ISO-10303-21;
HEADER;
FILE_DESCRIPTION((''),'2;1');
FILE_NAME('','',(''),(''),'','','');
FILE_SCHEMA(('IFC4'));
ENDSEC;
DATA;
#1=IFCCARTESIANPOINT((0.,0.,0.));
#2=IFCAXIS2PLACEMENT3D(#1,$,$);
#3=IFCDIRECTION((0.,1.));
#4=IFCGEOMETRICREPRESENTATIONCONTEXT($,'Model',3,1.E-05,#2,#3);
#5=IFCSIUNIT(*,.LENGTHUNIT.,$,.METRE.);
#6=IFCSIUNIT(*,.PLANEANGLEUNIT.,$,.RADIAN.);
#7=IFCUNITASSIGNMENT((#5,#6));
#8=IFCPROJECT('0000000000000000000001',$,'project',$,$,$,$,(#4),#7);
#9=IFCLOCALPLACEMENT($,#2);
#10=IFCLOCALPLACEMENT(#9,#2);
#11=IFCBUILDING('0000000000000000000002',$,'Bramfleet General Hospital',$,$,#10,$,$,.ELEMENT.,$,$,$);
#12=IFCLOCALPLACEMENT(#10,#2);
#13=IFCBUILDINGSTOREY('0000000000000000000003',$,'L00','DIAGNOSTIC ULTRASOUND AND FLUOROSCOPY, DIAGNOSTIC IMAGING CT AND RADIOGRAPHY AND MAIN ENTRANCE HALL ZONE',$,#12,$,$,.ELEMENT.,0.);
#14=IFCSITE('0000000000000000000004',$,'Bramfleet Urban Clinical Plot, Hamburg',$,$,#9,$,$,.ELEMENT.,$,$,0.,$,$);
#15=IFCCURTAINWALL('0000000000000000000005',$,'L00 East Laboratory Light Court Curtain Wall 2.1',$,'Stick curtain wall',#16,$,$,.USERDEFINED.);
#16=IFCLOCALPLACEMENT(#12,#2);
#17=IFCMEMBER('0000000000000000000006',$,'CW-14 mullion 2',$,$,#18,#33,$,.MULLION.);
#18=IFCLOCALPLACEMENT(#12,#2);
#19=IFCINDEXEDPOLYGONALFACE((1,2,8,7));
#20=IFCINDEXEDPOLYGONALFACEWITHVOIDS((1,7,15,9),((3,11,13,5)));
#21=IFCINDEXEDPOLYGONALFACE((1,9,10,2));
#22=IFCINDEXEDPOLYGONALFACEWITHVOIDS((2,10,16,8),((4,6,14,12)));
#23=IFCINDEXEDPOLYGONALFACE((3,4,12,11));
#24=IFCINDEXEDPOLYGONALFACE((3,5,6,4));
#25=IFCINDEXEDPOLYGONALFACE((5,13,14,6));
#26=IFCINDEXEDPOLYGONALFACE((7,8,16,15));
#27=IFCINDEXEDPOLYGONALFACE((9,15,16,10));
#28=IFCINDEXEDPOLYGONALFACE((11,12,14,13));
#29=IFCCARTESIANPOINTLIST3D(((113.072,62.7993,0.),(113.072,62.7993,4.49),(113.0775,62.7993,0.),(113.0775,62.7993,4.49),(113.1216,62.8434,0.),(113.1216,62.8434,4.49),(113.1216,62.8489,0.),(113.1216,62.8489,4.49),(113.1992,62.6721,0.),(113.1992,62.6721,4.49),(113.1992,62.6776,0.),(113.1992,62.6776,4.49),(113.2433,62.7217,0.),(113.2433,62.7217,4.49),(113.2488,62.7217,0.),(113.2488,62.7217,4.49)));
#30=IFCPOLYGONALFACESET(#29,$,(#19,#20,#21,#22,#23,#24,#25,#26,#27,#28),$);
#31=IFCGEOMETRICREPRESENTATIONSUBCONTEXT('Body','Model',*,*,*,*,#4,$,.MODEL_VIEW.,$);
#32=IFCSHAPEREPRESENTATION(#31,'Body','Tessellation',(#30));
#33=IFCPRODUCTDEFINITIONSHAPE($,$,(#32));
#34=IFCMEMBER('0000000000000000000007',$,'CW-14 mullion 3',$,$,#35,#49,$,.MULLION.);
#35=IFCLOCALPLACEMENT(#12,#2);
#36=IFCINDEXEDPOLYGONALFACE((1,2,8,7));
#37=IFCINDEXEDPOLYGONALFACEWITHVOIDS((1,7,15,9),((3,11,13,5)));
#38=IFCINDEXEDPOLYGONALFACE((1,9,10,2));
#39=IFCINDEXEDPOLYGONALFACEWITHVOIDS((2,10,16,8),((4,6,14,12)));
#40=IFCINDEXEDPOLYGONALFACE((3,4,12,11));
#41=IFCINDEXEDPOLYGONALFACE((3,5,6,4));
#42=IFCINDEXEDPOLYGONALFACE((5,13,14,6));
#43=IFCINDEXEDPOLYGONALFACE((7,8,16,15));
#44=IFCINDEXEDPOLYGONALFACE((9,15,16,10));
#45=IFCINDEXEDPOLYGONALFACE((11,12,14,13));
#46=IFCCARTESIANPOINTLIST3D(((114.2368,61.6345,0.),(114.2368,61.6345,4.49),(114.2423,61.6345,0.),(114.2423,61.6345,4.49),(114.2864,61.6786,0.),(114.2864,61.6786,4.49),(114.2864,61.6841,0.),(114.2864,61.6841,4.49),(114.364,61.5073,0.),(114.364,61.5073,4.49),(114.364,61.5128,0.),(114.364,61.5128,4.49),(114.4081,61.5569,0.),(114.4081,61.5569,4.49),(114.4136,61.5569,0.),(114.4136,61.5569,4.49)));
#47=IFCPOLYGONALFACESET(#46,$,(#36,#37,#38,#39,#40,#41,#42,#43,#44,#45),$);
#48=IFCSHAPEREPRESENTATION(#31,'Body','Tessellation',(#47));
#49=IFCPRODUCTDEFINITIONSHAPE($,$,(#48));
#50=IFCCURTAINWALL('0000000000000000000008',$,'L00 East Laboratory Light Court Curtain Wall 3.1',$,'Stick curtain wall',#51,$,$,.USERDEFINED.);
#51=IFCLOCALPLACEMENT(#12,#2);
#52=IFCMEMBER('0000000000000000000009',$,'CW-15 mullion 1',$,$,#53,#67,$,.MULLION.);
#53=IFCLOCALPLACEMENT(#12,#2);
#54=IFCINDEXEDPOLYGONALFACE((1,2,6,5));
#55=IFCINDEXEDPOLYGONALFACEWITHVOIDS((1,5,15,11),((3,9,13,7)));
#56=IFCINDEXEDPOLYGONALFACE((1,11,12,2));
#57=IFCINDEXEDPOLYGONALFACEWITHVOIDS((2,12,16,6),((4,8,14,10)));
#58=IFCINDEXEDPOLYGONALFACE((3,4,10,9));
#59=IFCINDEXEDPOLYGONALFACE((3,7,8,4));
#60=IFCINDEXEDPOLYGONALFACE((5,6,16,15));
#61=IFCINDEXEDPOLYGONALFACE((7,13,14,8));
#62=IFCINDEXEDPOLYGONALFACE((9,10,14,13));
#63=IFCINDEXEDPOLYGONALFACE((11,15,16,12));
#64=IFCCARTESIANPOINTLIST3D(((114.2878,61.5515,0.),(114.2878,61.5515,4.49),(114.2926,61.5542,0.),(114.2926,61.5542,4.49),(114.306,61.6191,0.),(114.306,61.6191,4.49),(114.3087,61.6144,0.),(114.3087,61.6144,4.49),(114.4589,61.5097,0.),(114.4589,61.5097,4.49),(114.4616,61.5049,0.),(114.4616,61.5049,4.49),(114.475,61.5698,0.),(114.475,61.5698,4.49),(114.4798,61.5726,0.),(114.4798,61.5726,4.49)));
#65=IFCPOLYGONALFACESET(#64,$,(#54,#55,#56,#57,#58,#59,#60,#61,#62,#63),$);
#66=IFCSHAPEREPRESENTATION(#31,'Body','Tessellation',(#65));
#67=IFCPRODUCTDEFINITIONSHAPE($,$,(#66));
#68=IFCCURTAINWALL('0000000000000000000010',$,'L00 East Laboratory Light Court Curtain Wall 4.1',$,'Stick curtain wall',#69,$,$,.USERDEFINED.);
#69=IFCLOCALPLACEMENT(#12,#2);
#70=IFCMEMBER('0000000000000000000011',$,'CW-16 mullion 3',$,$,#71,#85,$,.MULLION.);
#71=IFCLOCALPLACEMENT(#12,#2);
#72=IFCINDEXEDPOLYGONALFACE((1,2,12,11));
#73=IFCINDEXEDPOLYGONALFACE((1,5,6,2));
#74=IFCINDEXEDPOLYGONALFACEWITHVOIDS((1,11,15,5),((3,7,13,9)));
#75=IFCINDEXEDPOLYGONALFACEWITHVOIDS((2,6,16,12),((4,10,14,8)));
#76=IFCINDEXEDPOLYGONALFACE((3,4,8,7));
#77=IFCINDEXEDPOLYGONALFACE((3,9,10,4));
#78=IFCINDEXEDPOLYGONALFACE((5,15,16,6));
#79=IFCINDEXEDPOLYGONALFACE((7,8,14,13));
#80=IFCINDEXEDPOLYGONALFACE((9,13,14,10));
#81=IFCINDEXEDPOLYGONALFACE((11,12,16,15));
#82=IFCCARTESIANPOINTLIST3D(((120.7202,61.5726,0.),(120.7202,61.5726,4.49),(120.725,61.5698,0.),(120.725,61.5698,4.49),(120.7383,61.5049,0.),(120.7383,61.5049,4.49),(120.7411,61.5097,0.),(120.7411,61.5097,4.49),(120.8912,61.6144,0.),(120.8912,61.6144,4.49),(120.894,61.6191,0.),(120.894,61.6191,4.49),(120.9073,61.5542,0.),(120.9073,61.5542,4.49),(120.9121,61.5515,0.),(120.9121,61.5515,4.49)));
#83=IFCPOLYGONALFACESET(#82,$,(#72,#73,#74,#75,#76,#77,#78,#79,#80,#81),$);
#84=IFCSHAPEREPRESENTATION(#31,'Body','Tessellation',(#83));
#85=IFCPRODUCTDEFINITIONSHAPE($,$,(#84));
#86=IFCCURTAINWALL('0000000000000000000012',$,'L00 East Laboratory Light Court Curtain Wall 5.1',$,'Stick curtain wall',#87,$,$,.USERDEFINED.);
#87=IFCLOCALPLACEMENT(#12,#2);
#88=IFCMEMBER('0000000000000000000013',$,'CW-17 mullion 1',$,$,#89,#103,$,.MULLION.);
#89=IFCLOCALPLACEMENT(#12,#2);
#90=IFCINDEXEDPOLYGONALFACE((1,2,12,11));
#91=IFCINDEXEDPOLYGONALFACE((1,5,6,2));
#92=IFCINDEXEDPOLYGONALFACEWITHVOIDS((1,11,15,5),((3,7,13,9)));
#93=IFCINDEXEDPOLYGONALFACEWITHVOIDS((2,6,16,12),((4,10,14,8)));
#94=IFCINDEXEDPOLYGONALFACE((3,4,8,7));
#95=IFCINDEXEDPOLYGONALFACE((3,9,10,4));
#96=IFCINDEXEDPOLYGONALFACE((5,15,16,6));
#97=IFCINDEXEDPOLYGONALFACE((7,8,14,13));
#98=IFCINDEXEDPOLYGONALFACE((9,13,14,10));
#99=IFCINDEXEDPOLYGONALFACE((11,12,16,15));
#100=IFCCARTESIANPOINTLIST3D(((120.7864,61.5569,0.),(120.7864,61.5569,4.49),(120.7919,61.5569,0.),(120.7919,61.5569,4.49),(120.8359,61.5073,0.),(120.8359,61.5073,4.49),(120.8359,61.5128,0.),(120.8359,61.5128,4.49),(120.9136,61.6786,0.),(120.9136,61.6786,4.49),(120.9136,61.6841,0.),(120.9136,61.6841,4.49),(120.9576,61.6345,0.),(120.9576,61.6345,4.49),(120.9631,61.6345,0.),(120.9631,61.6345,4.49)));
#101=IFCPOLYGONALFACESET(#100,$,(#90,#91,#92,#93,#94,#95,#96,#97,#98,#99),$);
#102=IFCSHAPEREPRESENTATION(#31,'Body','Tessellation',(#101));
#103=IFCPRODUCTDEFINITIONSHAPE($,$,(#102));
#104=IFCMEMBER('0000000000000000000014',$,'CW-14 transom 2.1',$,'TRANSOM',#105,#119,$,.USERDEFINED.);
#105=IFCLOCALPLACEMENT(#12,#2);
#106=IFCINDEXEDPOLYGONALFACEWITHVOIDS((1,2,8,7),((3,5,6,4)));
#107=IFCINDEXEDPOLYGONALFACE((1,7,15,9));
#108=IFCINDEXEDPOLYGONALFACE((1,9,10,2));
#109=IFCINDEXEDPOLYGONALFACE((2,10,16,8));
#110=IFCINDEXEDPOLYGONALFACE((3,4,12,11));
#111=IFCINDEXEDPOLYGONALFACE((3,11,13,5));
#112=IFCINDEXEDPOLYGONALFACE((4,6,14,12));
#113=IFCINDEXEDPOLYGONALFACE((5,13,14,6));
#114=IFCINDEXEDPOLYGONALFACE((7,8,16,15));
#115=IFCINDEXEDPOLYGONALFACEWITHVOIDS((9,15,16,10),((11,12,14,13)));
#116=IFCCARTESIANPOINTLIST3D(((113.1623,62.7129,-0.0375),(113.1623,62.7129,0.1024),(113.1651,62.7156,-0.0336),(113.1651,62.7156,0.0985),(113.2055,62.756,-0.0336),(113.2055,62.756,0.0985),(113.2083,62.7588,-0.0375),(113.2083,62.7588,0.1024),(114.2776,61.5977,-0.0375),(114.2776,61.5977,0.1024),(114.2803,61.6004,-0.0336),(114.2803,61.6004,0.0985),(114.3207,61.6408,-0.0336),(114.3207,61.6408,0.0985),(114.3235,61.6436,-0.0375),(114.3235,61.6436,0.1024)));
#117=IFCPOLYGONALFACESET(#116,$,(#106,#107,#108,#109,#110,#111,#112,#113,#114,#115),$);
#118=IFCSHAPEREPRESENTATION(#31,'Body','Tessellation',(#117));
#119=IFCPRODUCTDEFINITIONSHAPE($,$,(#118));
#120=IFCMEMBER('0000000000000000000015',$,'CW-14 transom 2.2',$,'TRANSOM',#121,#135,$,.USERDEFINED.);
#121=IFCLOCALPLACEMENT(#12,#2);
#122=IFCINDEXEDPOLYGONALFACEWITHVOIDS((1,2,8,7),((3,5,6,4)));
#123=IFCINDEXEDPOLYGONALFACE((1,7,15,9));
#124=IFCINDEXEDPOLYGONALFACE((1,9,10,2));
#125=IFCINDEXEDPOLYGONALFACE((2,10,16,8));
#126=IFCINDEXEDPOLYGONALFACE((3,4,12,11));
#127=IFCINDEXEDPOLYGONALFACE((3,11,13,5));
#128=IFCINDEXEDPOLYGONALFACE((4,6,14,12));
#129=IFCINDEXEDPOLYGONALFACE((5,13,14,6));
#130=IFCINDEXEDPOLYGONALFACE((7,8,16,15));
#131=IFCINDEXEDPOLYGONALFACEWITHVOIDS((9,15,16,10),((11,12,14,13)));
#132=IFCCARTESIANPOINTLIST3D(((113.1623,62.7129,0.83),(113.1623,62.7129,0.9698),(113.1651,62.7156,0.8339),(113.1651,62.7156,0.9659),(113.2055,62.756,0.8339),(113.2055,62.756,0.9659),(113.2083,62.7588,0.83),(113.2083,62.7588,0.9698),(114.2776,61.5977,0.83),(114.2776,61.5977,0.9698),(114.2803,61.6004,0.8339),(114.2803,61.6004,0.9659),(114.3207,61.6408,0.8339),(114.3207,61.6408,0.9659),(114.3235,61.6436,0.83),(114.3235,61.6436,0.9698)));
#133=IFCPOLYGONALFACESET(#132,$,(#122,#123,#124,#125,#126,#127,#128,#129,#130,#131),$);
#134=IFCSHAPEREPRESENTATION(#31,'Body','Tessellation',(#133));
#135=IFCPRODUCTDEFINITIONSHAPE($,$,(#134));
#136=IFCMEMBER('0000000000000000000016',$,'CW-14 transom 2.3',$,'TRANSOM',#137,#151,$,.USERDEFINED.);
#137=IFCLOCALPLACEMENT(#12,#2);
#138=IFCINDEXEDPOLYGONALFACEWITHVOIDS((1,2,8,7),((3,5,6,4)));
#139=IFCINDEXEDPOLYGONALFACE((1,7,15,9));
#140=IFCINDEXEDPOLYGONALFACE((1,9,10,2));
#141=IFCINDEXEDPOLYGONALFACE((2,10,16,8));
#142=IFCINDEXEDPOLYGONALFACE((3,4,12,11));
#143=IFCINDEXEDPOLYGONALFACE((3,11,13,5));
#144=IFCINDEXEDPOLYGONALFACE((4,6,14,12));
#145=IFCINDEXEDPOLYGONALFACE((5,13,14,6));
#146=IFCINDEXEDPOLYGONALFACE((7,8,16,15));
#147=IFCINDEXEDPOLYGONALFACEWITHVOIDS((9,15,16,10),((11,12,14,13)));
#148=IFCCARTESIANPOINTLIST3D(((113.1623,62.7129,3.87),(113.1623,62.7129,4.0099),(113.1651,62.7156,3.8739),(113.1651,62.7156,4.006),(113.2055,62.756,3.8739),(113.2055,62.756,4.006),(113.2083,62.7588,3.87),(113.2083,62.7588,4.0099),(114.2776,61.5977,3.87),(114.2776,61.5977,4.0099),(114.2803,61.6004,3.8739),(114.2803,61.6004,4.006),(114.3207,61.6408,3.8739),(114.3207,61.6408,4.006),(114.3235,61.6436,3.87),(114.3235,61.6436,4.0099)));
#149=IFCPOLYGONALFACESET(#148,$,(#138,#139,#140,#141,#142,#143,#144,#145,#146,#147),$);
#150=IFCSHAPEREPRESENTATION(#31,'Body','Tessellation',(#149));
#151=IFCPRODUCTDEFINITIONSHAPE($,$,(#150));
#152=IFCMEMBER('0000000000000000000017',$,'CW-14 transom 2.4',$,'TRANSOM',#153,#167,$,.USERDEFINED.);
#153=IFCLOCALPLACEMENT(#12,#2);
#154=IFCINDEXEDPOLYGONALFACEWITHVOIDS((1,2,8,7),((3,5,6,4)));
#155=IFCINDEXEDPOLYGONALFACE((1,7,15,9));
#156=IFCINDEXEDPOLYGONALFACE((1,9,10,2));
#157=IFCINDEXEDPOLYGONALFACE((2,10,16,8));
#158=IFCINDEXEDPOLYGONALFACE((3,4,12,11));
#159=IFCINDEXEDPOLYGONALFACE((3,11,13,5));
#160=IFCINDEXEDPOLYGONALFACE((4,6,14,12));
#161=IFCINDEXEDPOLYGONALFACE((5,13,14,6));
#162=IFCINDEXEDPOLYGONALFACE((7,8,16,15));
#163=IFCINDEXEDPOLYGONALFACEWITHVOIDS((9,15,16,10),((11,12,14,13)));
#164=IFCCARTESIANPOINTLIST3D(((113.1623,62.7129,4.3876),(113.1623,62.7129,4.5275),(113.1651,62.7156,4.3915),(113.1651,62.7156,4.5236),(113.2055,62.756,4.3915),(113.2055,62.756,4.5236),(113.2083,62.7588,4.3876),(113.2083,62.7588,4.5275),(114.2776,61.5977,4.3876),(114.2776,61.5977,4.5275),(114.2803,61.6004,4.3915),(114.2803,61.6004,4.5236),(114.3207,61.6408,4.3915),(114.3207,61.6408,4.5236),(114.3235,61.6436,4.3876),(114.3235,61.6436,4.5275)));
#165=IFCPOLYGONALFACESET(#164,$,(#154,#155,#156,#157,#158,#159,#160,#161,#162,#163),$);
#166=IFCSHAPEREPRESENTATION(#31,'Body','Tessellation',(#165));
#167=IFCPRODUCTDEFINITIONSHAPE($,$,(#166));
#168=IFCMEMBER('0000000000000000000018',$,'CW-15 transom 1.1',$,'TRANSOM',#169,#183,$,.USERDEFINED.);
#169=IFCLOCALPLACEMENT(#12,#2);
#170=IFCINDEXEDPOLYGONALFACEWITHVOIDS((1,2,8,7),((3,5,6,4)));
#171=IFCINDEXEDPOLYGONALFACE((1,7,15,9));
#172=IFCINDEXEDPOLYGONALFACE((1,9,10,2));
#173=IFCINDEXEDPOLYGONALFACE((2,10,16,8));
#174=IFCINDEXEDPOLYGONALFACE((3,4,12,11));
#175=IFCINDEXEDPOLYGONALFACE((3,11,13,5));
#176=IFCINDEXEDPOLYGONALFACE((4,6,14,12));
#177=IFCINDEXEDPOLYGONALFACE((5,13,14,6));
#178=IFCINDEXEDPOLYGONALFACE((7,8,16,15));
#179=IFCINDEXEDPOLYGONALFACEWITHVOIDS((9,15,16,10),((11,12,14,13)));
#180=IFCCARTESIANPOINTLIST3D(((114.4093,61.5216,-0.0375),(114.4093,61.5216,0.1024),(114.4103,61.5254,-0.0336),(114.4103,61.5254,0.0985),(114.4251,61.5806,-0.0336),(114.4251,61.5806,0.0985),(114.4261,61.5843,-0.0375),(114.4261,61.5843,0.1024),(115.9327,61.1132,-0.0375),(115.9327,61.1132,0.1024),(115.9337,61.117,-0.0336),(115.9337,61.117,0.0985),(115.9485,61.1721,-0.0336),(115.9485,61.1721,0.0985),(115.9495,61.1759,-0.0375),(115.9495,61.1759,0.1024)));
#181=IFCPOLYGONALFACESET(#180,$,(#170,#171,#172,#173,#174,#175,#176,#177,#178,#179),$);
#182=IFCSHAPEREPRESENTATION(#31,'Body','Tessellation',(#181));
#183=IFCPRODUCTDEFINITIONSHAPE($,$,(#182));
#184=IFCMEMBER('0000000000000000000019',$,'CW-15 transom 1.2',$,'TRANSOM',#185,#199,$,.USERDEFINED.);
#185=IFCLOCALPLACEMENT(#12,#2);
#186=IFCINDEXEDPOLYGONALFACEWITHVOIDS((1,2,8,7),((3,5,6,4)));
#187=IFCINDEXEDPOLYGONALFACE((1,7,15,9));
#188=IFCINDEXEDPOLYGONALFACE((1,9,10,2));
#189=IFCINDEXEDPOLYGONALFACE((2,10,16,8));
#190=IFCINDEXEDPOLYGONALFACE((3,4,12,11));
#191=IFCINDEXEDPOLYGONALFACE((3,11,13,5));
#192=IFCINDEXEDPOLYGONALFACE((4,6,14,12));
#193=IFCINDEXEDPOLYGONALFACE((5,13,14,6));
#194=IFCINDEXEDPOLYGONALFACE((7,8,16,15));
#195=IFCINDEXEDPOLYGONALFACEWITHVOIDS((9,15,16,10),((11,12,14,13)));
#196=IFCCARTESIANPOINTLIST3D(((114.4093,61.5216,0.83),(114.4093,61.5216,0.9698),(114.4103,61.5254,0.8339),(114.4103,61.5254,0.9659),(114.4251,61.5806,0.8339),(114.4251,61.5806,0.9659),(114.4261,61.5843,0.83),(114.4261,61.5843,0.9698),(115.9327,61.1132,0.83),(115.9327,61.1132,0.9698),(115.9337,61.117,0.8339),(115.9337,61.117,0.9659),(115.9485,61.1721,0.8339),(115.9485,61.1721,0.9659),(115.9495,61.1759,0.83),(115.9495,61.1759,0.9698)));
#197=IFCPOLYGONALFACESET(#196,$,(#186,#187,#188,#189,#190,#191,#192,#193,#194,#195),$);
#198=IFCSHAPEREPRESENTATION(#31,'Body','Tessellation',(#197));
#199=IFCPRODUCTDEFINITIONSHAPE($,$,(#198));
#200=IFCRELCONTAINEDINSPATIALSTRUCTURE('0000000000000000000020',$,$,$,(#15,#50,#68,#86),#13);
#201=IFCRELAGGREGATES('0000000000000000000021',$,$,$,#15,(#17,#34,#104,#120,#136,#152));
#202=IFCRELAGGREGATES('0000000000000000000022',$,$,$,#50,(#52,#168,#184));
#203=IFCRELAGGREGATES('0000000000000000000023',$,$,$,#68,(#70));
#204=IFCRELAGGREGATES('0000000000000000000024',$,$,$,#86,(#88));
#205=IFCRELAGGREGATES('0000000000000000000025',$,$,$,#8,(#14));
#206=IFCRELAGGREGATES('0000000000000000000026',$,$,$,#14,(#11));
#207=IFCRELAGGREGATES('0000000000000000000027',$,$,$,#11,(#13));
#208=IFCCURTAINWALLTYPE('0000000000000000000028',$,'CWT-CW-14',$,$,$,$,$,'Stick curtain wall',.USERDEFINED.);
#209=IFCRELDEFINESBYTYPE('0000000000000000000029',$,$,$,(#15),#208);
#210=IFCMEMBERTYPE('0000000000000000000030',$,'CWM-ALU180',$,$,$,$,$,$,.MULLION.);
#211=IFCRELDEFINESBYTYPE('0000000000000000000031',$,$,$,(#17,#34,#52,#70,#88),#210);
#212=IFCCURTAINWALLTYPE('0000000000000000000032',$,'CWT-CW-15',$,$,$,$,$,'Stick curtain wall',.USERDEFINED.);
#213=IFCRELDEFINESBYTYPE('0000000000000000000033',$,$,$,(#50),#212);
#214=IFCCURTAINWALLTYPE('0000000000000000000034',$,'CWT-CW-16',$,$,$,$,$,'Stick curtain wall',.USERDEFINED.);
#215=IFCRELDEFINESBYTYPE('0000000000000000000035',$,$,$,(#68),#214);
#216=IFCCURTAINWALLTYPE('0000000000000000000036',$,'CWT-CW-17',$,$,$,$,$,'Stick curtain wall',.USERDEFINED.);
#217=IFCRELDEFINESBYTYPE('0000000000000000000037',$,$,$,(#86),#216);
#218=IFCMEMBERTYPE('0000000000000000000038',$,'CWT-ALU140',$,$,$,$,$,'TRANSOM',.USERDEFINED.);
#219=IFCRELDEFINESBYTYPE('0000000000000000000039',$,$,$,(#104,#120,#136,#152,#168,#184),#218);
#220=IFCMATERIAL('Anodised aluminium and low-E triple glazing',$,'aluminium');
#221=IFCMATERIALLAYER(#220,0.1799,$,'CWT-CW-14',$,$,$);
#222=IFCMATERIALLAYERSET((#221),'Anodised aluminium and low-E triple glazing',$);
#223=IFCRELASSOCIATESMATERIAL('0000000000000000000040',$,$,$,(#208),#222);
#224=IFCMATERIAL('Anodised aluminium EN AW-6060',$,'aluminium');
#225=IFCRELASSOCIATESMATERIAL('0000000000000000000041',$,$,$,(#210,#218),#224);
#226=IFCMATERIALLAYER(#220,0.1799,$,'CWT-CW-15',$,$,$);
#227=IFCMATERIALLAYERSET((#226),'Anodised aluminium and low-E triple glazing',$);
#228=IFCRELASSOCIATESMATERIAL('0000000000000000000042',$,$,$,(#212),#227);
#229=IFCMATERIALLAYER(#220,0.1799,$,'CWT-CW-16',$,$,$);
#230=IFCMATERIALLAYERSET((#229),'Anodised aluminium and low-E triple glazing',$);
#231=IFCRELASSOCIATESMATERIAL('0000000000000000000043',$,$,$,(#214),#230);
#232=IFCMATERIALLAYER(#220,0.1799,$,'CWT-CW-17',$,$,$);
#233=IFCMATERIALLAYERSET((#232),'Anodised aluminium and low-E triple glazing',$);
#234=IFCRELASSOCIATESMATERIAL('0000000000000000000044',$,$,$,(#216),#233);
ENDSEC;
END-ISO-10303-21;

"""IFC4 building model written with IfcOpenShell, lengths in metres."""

from ifc_helpers import new_model, si_unit, direction, frame, origin, origin_2d, place, context, subcontext, project, spatial, hollow_rectangle, extrude, material, layer, layer_set, material_profile, profile_set, type_object, element, aggregate, save


model = new_model("IFC4")

# Units and contexts
model_context = context("Model", 3, precision=1e-05, world=origin(), true_north=direction((0.0, 1.0)))
body_context = subcontext(model_context, "Body", "Model", "MODEL_VIEW")
ifc_project = project(units=[si_unit("LENGTHUNIT", "METRE"), si_unit("PLANEANGLEUNIT", "RADIAN")], contexts=[model_context])

# Site, building, storey
site_placement = place(None, origin())
site = spatial("IfcSite", under=ifc_project, at=site_placement, Name="Bramfleet Urban Clinical Plot, Hamburg", CompositionType="ELEMENT", RefElevation=0.0)
building_placement = place(site_placement, origin())
building = spatial("IfcBuilding", under=site, at=building_placement, Name="Bramfleet General Hospital", CompositionType="ELEMENT")
storey_placement = place(building_placement, origin())
storey = spatial("IfcBuildingStorey", under=building, at=storey_placement, Name="L00", Description="DIAGNOSTIC ULTRASOUND AND FLUOROSCOPY, DIAGNOSTIC IMAGING CT AND RADIOGRAPHY AND MAIN ENTRANCE HALL ZONE", CompositionType="ELEMENT", Elevation=0.0)

# Curtain wall, members
ifc_material_1 = material(Name="Anodised aluminium and low-E triple glazing", Category="aluminium")
ifc_layer_1 = layer(ifc_material_1, 0.1799, Name="CWT-CW-14")
ifc_layer_set_1 = layer_set([ifc_layer_1], Name="Anodised aluminium and low-E triple glazing")
curtain_wall_type_1 = type_object("IfcCurtainWallType", Name="CWT-CW-14", ElementType="Stick curtain wall", PredefinedType="USERDEFINED", material=ifc_layer_set_1)
curtain_wall_1_placement = place(storey_placement, origin())
curtain_wall_1 = element("IfcCurtainWall", 1, at=curtain_wall_1_placement, inside=storey, type_object=curtain_wall_type_1, Name="L00 East Laboratory Light Court Curtain Wall 2.1", ObjectType="Stick curtain wall", PredefinedType="USERDEFINED")
ifc_material_2 = material(Name="Anodised aluminium EN AW-6060", Category="aluminium")
ifc_material_profile_1 = material_profile(ifc_material_2, hollow_rectangle(XDim=0.0701, YDim=0.1799, WallThickness=0.0039, at=origin_2d()), Name="ALU 180x70x4.0")
ifc_profile_set_1 = profile_set([ifc_material_profile_1], Name="Anodised aluminium EN AW-6060")
member_type_1 = type_object("IfcMemberType", Name="CWM-ALU180", PredefinedType="MULLION", material=ifc_profile_set_1)
member_1_placement = place(storey_placement, frame((113.1604, 62.7605, 0.0), z_axis=(0.0, 0.0, 1.0), x_axis=(0.707107, 0.707107, 0.0)))
member_1 = element("IfcMember", 2, at=member_1_placement, type_object=member_type_1, Name="CW-14 mullion 2", PredefinedType="MULLION", context=body_context, shape_type="SweptSolid", body=[
    extrude(hollow_rectangle(XDim=0.0701, YDim=0.1799, WallThickness=0.0039, at=origin_2d()), origin(), (0.0, 0.0, 1.0), 4.49),
])
member_2_placement = place(storey_placement, frame((114.3252, 61.5957, 0.0), z_axis=(0.0, 0.0, 1.0), x_axis=(0.707107, 0.707107, 0.0)))
member_2 = element("IfcMember", 3, at=member_2_placement, type_object=member_type_1, Name="CW-14 mullion 3", PredefinedType="MULLION", context=body_context, shape_type="SweptSolid", body=[
    extrude(hollow_rectangle(XDim=0.0701, YDim=0.1799, WallThickness=0.0039, at=origin_2d()), origin(), (0.0, 0.0, 1.0), 4.49),
])

# Curtain walls, members
ifc_layer_2 = layer(ifc_material_1, 0.1799, Name="CWT-CW-15")
ifc_layer_set_2 = layer_set([ifc_layer_2], Name="Anodised aluminium and low-E triple glazing")
curtain_wall_type_2 = type_object("IfcCurtainWallType", Name="CWT-CW-15", ElementType="Stick curtain wall", PredefinedType="USERDEFINED", material=ifc_layer_set_2)
curtain_wall_2_placement = place(storey_placement, origin())
curtain_wall_2 = element("IfcCurtainWall", 4, at=curtain_wall_2_placement, inside=storey, type_object=curtain_wall_type_2, Name="L00 East Laboratory Light Court Curtain Wall 3.1", ObjectType="Stick curtain wall", PredefinedType="USERDEFINED")
member_3_placement = place(storey_placement, frame((114.3838, 61.562, 0.0), z_axis=(0.0, 0.0, 1.0), x_axis=(0.258865, 0.965914, 0.0)))
member_3 = element("IfcMember", 5, at=member_3_placement, type_object=member_type_1, Name="CW-15 mullion 1", PredefinedType="MULLION", context=body_context, shape_type="SweptSolid", body=[
    extrude(hollow_rectangle(XDim=0.0701, YDim=0.1799, WallThickness=0.0039, at=origin_2d()), origin(), (0.0, 0.0, 1.0), 4.49),
])
ifc_layer_3 = layer(ifc_material_1, 0.1799, Name="CWT-CW-16")
ifc_layer_set_3 = layer_set([ifc_layer_3], Name="Anodised aluminium and low-E triple glazing")
curtain_wall_type_3 = type_object("IfcCurtainWallType", Name="CWT-CW-16", ElementType="Stick curtain wall", PredefinedType="USERDEFINED", material=ifc_layer_set_3)
curtain_wall_3_placement = place(storey_placement, origin())
curtain_wall_3 = element("IfcCurtainWall", 6, at=curtain_wall_3_placement, inside=storey, type_object=curtain_wall_type_3, Name="L00 East Laboratory Light Court Curtain Wall 4.1", ObjectType="Stick curtain wall", PredefinedType="USERDEFINED")
member_4_placement = place(storey_placement, frame((120.8162, 61.562, 0.0), z_axis=(0.0, 0.0, 1.0), x_axis=(-0.258865, 0.965914, 0.0)))
member_4 = element("IfcMember", 7, at=member_4_placement, type_object=member_type_1, Name="CW-16 mullion 3", PredefinedType="MULLION", context=body_context, shape_type="SweptSolid", body=[
    extrude(hollow_rectangle(XDim=0.0701, YDim=0.1799, WallThickness=0.0039, at=origin_2d()), origin(), (0.0, 0.0, 1.0), 4.49),
])
ifc_layer_4 = layer(ifc_material_1, 0.1799, Name="CWT-CW-17")
ifc_layer_set_4 = layer_set([ifc_layer_4], Name="Anodised aluminium and low-E triple glazing")
curtain_wall_type_4 = type_object("IfcCurtainWallType", Name="CWT-CW-17", ElementType="Stick curtain wall", PredefinedType="USERDEFINED", material=ifc_layer_set_4)
curtain_wall_4_placement = place(storey_placement, origin())
curtain_wall_4 = element("IfcCurtainWall", 8, at=curtain_wall_4_placement, inside=storey, type_object=curtain_wall_type_4, Name="L00 East Laboratory Light Court Curtain Wall 5.1", ObjectType="Stick curtain wall", PredefinedType="USERDEFINED")
member_5_placement = place(storey_placement, frame((120.8748, 61.5957, 0.0), z_axis=(0.0, 0.0, 1.0), x_axis=(-0.707107, 0.707107, 0.0)))
member_5 = element("IfcMember", 9, at=member_5_placement, type_object=member_type_1, Name="CW-17 mullion 1", PredefinedType="MULLION", context=body_context, shape_type="SweptSolid", body=[
    extrude(hollow_rectangle(XDim=0.0701, YDim=0.1799, WallThickness=0.0039, at=origin_2d()), origin(), (0.0, 0.0, 1.0), 4.49),
])

# Members
ifc_material_profile_2 = material_profile(ifc_material_2, hollow_rectangle(XDim=0.0649, YDim=0.1399, WallThickness=0.0039, at=origin_2d()), Name="ALU 140x65x4.0")
ifc_profile_set_2 = profile_set([ifc_material_profile_2], Name="Anodised aluminium EN AW-6060")
member_type_2 = type_object("IfcMemberType", Name="CWT-ALU140", ElementType="TRANSOM", PredefinedType="USERDEFINED", material=ifc_profile_set_2)
member_6_placement = place(storey_placement, frame((113.1853, 62.7358, 0.0325), z_axis=(0.707107, -0.707107, 0.0), x_axis=(0.707107, 0.707107, 0.0)))
member_6 = element("IfcMember", 10, at=member_6_placement, type_object=member_type_2, Name="CW-14 transom 2.1", ObjectType="TRANSOM", PredefinedType="USERDEFINED", context=body_context, shape_type="SweptSolid", body=[
    extrude(hollow_rectangle(XDim=0.0649, YDim=0.1399, WallThickness=0.0039, at=origin_2d()), origin(), (0.0, 0.0, 1.0), 1.5771),
])
member_7_placement = place(storey_placement, frame((113.1853, 62.7358, 0.8999), z_axis=(0.707107, -0.707107, 0.0), x_axis=(0.707107, 0.707107, 0.0)))
member_7 = element("IfcMember", 11, at=member_7_placement, type_object=member_type_2, Name="CW-14 transom 2.2", ObjectType="TRANSOM", PredefinedType="USERDEFINED", context=body_context, shape_type="SweptSolid", body=[
    extrude(hollow_rectangle(XDim=0.0649, YDim=0.1399, WallThickness=0.0039, at=origin_2d()), origin(), (0.0, 0.0, 1.0), 1.5771),
])
member_8_placement = place(storey_placement, frame((113.1853, 62.7358, 3.9399), z_axis=(0.707107, -0.707107, 0.0), x_axis=(0.707107, 0.707107, 0.0)))
member_8 = element("IfcMember", 12, at=member_8_placement, type_object=member_type_2, Name="CW-14 transom 2.3", ObjectType="TRANSOM", PredefinedType="USERDEFINED", context=body_context, shape_type="SweptSolid", body=[
    extrude(hollow_rectangle(XDim=0.0649, YDim=0.1399, WallThickness=0.0039, at=origin_2d()), origin(), (0.0, 0.0, 1.0), 1.5771),
])
member_9_placement = place(storey_placement, frame((113.1853, 62.7358, 4.4575), z_axis=(0.707107, -0.707107, 0.0), x_axis=(0.707107, 0.707107, 0.0)))
member_9 = element("IfcMember", 13, at=member_9_placement, type_object=member_type_2, Name="CW-14 transom 2.4", ObjectType="TRANSOM", PredefinedType="USERDEFINED", context=body_context, shape_type="SweptSolid", body=[
    extrude(hollow_rectangle(XDim=0.0649, YDim=0.1399, WallThickness=0.0039, at=origin_2d()), origin(), (0.0, 0.0, 1.0), 1.5771),
])
member_10_placement = place(storey_placement, frame((114.4177, 61.553, 0.0325), z_axis=(0.965887, -0.258963, 0.0), x_axis=(0.258963, 0.965887, 0.0)))
member_10 = element("IfcMember", 14, at=member_10_placement, type_object=member_type_2, Name="CW-15 transom 1.1", ObjectType="TRANSOM", PredefinedType="USERDEFINED", context=body_context, shape_type="SweptSolid", body=[
    extrude(hollow_rectangle(XDim=0.0649, YDim=0.1399, WallThickness=0.0039, at=origin_2d()), origin(), (0.0, 0.0, 1.0), 1.5771),
])
member_11_placement = place(storey_placement, frame((114.4177, 61.553, 0.8999), z_axis=(0.965887, -0.258963, 0.0), x_axis=(0.258963, 0.965887, 0.0)))
member_11 = element("IfcMember", 15, at=member_11_placement, type_object=member_type_2, Name="CW-15 transom 1.2", ObjectType="TRANSOM", PredefinedType="USERDEFINED", context=body_context, shape_type="SweptSolid", body=[
    extrude(hollow_rectangle(XDim=0.0649, YDim=0.1399, WallThickness=0.0039, at=origin_2d()), origin(), (0.0, 0.0, 1.0), 1.5771),
])

aggregate(curtain_wall_1, [member_1, member_2, member_6, member_7, member_8, member_9])
aggregate(curtain_wall_2, [member_3, member_10, member_11])
aggregate(curtain_wall_3, [member_4])
aggregate(curtain_wall_4, [member_5])

save(model, "model.ifc")
